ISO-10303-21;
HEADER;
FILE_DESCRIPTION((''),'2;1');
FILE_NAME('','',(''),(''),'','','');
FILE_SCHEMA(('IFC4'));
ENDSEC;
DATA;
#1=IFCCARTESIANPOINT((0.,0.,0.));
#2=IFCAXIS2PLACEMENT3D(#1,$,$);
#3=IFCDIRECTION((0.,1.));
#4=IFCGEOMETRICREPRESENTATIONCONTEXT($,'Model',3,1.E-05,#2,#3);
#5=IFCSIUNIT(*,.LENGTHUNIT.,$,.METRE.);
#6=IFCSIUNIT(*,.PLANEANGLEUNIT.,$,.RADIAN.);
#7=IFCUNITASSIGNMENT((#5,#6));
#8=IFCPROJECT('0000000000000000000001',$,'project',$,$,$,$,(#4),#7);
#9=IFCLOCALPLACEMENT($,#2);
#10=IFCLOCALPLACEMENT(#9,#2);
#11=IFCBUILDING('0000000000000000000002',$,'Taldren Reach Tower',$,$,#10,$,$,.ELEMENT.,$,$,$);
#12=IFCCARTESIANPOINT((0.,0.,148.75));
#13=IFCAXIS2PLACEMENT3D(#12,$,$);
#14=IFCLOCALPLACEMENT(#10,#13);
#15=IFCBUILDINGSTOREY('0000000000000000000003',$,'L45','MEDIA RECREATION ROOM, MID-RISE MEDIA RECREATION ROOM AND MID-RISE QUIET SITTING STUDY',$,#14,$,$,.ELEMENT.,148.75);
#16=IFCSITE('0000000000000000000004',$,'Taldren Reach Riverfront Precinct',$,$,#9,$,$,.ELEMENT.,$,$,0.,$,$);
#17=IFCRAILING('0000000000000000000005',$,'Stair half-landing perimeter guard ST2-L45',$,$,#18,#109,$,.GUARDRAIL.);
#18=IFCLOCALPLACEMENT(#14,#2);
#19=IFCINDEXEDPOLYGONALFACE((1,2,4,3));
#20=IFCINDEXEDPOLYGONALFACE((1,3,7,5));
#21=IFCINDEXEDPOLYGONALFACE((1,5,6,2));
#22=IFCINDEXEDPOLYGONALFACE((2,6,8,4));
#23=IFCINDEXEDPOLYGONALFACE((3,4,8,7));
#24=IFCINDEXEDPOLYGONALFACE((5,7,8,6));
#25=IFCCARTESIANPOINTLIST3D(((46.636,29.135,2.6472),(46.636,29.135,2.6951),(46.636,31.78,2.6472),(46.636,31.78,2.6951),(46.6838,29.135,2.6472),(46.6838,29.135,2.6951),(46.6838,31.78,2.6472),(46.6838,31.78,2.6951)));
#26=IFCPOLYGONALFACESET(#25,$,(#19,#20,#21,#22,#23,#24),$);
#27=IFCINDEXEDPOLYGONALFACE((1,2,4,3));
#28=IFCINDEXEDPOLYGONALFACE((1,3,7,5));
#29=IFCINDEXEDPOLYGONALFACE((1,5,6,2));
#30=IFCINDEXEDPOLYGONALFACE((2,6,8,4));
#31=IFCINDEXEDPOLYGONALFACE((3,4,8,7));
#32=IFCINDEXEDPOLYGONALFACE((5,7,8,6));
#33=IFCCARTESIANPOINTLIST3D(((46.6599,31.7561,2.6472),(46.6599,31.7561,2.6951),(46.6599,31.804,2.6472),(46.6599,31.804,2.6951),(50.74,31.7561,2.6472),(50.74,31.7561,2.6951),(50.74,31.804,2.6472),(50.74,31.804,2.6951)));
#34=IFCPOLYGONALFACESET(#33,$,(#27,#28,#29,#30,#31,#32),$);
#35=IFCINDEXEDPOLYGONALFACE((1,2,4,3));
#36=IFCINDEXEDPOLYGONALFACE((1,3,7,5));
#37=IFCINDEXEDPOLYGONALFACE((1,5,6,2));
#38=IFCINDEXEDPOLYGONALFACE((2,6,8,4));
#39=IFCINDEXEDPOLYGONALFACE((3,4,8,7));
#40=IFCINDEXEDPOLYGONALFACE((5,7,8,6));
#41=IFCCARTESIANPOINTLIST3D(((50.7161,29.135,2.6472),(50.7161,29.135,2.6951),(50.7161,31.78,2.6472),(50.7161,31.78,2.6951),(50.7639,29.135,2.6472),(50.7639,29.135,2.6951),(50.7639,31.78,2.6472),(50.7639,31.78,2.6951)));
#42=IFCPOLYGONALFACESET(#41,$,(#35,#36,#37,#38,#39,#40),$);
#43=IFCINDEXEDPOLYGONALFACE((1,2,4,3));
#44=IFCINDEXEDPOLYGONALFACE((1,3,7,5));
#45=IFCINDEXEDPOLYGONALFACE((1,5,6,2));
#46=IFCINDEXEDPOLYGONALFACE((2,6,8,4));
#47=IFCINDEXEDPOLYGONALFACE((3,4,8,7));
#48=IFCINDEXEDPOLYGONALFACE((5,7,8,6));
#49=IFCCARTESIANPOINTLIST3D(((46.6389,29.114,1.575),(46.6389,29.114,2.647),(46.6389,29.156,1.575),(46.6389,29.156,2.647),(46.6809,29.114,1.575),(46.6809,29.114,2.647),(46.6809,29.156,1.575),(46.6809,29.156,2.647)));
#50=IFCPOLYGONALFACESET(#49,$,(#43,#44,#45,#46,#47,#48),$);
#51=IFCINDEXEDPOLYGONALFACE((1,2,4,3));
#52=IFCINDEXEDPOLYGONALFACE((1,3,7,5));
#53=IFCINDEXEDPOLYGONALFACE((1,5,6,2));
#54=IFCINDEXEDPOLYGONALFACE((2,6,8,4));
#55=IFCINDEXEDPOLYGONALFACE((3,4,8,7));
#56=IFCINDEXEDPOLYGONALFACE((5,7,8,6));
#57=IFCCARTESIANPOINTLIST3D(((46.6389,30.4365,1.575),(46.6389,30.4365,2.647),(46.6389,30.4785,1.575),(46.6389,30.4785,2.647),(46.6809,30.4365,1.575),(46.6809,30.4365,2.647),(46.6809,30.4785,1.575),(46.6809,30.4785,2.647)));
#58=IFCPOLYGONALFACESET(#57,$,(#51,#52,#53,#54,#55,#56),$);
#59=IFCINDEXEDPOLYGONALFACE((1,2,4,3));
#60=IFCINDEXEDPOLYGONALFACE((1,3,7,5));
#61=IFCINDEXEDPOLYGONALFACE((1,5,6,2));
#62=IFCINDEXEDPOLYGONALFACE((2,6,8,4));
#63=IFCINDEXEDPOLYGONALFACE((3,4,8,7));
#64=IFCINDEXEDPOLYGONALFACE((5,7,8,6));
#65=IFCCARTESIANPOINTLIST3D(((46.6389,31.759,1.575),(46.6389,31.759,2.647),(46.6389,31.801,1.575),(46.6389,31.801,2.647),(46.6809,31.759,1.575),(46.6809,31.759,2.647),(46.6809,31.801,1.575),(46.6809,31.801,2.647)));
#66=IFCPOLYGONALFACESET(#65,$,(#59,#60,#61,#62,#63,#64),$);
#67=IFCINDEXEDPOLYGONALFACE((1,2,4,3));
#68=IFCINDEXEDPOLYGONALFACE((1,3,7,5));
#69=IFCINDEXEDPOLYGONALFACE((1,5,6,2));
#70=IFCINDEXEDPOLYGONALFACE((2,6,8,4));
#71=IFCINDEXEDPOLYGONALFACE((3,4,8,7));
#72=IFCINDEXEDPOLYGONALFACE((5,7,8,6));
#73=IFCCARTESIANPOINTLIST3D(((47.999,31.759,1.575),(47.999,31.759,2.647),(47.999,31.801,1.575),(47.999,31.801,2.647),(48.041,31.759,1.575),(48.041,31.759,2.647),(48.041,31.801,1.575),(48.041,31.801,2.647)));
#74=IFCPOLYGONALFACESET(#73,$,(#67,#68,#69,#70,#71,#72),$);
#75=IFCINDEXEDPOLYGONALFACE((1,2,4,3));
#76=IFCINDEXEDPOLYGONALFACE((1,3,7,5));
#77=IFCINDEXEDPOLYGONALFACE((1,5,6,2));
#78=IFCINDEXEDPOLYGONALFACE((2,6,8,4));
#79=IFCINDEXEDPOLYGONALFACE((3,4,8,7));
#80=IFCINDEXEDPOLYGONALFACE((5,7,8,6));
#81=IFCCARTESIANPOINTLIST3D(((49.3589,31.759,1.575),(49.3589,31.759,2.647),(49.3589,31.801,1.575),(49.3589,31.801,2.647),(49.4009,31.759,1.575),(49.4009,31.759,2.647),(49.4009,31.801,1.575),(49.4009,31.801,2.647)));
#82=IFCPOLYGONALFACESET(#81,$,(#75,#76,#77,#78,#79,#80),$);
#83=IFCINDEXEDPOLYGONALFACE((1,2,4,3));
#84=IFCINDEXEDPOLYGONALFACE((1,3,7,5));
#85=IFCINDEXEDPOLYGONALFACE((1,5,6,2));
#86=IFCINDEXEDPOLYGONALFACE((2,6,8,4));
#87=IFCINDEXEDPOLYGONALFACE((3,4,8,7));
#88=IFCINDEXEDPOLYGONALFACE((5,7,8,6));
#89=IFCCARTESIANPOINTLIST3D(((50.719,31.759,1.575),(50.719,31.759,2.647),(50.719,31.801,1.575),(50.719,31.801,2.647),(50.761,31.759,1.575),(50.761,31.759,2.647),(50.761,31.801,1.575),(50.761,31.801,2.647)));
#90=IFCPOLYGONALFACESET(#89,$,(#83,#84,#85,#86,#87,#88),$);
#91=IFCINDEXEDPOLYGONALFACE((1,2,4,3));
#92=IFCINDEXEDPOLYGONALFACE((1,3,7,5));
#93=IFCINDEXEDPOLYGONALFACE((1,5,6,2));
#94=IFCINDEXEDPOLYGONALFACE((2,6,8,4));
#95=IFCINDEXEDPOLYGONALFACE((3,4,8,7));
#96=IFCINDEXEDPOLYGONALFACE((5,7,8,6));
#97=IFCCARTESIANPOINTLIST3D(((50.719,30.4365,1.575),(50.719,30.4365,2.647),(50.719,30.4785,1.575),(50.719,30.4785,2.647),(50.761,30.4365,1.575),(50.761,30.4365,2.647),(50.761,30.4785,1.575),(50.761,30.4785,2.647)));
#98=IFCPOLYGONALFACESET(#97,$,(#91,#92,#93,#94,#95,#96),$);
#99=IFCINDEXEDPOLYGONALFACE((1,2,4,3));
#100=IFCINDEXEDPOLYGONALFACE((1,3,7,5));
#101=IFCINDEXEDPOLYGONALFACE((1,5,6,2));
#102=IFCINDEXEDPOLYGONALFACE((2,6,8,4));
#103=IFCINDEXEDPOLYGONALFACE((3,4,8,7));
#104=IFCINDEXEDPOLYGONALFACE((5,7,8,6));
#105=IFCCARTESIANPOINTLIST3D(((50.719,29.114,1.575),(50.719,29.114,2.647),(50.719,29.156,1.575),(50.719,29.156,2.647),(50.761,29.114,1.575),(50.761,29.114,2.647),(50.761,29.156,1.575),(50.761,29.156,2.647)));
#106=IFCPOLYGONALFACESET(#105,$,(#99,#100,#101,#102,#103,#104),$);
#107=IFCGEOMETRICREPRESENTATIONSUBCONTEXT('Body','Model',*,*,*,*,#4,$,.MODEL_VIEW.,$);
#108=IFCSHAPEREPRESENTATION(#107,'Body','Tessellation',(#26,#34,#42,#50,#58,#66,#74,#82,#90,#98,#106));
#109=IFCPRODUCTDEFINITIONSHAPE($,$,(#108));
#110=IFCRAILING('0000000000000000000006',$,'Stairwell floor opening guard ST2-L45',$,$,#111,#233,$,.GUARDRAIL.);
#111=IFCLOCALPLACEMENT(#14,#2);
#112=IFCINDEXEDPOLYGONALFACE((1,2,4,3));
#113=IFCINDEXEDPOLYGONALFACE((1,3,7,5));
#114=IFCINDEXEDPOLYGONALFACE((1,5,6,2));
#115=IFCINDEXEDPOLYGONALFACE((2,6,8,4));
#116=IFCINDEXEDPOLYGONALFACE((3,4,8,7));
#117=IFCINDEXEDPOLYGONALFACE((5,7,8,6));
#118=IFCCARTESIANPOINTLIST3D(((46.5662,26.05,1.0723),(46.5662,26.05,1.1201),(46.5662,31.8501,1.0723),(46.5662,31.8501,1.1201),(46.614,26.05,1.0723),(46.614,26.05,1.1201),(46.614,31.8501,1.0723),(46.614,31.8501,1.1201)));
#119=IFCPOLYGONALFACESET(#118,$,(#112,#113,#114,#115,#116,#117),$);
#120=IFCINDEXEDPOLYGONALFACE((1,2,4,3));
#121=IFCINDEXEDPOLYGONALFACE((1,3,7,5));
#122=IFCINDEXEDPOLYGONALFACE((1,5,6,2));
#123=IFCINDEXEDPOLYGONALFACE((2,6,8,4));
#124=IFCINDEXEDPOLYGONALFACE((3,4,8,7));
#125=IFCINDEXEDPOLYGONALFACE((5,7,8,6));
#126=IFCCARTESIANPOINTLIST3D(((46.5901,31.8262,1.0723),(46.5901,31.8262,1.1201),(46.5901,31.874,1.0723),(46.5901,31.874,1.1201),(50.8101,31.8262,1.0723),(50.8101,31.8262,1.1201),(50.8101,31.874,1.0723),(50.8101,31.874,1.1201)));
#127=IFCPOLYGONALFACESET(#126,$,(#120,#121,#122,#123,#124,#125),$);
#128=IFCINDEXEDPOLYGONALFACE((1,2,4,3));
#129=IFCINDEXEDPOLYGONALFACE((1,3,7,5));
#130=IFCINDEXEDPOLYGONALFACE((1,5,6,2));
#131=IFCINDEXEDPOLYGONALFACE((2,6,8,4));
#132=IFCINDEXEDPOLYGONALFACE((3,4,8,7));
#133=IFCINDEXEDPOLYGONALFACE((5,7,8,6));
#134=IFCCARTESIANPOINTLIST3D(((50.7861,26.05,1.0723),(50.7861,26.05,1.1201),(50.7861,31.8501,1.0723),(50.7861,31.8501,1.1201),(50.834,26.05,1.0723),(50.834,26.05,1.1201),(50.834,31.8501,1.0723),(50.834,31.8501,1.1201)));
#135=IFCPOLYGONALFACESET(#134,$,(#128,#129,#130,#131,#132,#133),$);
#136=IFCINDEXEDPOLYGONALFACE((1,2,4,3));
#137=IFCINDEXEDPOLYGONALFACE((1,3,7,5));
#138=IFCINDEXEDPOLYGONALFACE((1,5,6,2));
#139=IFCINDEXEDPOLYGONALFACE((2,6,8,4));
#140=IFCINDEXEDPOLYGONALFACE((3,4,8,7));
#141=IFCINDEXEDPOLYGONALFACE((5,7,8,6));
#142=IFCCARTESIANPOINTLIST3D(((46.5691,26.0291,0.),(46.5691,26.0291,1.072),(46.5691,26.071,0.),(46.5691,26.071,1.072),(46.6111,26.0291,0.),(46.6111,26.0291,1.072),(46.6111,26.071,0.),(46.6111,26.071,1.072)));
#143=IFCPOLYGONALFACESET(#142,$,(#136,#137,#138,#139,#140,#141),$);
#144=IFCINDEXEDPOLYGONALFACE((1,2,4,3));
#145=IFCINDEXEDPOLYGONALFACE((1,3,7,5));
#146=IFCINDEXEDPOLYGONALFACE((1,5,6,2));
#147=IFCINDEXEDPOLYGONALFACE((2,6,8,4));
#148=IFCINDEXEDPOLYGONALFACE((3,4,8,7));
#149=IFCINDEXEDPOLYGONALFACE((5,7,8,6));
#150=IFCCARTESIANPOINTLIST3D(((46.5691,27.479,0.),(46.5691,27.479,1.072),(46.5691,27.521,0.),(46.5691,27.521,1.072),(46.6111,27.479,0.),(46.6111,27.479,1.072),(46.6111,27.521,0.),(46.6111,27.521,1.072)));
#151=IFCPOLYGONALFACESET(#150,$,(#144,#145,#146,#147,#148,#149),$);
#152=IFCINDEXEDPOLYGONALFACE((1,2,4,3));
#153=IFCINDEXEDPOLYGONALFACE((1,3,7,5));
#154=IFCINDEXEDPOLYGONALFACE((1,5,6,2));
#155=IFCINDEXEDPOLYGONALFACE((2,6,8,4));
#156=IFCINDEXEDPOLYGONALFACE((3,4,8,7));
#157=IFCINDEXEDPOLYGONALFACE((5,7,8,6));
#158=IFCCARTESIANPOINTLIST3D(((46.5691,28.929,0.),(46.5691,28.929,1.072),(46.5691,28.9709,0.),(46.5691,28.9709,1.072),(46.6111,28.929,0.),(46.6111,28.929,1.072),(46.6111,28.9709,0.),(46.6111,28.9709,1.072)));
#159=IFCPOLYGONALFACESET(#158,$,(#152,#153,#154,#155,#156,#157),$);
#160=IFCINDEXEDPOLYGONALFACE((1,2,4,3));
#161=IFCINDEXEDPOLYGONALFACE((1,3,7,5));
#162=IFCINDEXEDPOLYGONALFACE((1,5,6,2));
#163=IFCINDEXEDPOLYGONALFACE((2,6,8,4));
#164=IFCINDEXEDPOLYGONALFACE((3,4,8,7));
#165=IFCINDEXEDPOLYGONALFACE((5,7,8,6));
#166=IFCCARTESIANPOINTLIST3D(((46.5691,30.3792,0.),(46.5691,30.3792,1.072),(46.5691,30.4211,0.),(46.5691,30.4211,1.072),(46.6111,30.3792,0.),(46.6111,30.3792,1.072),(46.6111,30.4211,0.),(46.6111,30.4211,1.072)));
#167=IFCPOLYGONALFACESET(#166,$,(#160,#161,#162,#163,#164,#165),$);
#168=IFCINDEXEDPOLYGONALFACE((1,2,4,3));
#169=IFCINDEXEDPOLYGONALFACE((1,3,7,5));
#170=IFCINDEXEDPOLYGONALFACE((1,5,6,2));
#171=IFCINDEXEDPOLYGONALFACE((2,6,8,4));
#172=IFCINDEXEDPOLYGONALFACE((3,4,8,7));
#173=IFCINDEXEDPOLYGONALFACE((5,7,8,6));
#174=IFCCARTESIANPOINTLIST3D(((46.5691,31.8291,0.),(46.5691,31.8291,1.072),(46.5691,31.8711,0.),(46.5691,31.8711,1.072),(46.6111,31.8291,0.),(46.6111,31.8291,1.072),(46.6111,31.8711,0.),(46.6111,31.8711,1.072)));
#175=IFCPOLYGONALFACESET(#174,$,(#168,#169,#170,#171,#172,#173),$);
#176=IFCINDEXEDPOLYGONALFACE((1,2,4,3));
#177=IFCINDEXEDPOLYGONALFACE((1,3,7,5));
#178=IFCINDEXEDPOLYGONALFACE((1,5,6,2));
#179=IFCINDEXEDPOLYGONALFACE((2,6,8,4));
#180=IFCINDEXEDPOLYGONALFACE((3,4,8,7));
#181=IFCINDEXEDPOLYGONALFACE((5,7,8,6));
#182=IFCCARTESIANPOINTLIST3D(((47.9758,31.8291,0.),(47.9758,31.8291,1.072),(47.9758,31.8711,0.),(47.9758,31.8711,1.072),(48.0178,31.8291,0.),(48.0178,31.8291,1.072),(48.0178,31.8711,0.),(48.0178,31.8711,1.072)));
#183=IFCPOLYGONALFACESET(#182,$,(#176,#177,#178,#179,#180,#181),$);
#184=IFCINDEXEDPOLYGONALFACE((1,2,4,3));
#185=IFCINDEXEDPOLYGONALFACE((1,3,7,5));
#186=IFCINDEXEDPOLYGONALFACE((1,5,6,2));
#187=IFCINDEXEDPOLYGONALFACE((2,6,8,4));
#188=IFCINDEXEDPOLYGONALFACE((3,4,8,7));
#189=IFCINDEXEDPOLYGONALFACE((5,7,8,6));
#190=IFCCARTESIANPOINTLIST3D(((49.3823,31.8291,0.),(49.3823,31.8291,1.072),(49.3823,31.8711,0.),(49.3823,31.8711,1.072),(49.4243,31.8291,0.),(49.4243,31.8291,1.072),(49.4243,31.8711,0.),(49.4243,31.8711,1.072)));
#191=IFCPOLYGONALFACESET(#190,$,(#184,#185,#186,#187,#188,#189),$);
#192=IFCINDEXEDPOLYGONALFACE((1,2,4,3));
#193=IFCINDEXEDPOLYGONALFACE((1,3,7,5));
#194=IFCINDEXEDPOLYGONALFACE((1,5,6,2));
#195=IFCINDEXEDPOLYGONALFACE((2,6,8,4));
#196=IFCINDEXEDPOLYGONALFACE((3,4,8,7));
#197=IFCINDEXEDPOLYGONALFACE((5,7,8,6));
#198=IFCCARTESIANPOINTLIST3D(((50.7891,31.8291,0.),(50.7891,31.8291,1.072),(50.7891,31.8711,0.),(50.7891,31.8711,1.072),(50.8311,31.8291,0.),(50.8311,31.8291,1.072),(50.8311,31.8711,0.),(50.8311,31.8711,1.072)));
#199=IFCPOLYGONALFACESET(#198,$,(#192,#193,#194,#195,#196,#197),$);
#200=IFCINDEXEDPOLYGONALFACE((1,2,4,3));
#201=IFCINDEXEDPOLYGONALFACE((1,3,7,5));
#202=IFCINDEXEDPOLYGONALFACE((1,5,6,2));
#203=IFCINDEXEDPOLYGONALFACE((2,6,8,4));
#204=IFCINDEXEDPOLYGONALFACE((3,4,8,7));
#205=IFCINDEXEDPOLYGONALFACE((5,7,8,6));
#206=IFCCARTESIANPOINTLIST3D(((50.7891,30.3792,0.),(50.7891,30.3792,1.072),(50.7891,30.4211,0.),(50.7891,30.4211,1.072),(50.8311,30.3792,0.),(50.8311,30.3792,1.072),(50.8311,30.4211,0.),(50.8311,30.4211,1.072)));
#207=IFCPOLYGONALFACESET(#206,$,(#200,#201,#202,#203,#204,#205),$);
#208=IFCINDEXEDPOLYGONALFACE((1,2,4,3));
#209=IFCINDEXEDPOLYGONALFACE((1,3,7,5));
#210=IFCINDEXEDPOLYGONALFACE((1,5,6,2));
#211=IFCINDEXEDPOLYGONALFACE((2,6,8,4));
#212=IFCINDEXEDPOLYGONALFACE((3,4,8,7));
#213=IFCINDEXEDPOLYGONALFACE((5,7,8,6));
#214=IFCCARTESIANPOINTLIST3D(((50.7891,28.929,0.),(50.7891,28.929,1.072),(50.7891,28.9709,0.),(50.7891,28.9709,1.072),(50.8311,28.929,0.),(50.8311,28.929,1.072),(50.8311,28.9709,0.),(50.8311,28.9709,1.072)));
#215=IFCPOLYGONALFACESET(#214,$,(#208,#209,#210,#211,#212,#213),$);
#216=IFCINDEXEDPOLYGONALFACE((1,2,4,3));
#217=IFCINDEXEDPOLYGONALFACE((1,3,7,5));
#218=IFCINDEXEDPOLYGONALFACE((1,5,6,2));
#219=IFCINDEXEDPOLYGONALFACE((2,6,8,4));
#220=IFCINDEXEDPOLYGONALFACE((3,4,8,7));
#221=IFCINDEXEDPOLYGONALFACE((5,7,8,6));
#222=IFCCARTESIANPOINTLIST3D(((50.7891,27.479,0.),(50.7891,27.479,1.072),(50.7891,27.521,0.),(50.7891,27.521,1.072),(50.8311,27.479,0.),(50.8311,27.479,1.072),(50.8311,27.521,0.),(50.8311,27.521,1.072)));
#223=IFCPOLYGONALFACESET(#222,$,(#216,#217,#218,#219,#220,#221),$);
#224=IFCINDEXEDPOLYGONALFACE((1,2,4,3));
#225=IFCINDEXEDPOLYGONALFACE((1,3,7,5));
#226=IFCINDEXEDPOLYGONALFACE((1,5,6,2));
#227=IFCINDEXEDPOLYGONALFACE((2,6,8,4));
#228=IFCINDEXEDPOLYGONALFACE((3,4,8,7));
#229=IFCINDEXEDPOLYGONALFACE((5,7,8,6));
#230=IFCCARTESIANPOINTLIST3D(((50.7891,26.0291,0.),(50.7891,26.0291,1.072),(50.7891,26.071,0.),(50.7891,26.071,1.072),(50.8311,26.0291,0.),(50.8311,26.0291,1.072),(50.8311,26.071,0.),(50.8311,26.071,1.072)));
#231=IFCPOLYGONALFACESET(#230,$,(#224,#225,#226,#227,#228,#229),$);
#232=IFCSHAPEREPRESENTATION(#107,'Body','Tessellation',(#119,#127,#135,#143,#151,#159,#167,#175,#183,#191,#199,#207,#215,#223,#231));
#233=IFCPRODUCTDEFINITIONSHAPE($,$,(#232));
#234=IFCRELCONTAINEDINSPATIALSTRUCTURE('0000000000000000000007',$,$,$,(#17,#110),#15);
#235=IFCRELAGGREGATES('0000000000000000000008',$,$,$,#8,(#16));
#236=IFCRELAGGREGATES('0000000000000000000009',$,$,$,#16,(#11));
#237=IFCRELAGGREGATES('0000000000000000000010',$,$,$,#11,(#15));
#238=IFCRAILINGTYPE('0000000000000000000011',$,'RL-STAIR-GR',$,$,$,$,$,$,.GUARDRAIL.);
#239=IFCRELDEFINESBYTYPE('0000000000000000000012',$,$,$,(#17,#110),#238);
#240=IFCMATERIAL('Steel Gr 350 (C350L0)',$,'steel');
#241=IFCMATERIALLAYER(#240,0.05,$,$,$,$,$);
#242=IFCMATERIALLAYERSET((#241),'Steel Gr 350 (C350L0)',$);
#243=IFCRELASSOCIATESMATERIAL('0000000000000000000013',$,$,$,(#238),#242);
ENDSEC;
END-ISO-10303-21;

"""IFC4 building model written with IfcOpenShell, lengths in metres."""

from ifc_helpers import new_model, si_unit, direction, frame, origin, origin_2d, place, context, subcontext, project, spatial, rectangle, extrude, material, layer, layer_set, type_object, element, save


model = new_model("IFC4")

# Units and contexts
model_context = context("Model", 3, precision=1e-05, world=origin(), true_north=direction((0.0, 1.0)))
body_context = subcontext(model_context, "Body", "Model", "MODEL_VIEW")
ifc_project = project(units=[si_unit("LENGTHUNIT", "METRE"), si_unit("PLANEANGLEUNIT", "RADIAN")], contexts=[model_context])

# Site, building, storey
site_placement = place(None, origin())
site = spatial("IfcSite", under=ifc_project, at=site_placement, Name="Taldren Reach Riverfront Precinct", CompositionType="ELEMENT", RefElevation=0.0)
building_placement = place(site_placement, origin())
building = spatial("IfcBuilding", under=site, at=building_placement, Name="Taldren Reach Tower", CompositionType="ELEMENT")
storey_placement = place(building_placement, frame((0.0, 0.0, 148.75)))
storey = spatial("IfcBuildingStorey", under=building, at=storey_placement, Name="L45", Description="MEDIA RECREATION ROOM, MID-RISE MEDIA RECREATION ROOM AND MID-RISE QUIET SITTING STUDY", CompositionType="ELEMENT", Elevation=148.75)

# Shared definitions
ifc_material_1 = material(Name="Steel Gr 350 (C350L0)", Category="steel")

# Railings
ifc_layer_1 = layer(ifc_material_1, 0.05)
ifc_layer_set_1 = layer_set([ifc_layer_1], Name="Steel Gr 350 (C350L0)")
railing_type_1 = type_object("IfcRailingType", Name="RL-STAIR-GR", PredefinedType="GUARDRAIL", material=ifc_layer_set_1)
railing_1_placement = place(storey_placement, frame((46.6599, 29.135, 1.575)))
element("IfcRailing", 1, at=railing_1_placement, inside=storey, type_object=railing_type_1, Name="Stair half-landing perimeter guard ST2-L45", PredefinedType="GUARDRAIL", context=body_context, shape_type="SweptSolid", body=[
    extrude(rectangle(XDim=0.0479, YDim=0.0479, at=origin_2d()), frame((0.0, 0.0, 1.0962), z_axis=(0.0, 1.0, 0.0), x_axis=(-1.0, 0.0, 0.0)), (0.0, 0.0, 1.0), 2.645),
    extrude(rectangle(XDim=0.0479, YDim=0.0479, at=origin_2d()), frame((0.0, 2.645, 1.0962), z_axis=(1.0, 0.0, 0.0), x_axis=(0.0, 1.0, 0.0)), (0.0, 0.0, 1.0), 4.0801),
    extrude(rectangle(XDim=0.0479, YDim=0.0479, at=origin_2d()), frame((4.0801, 2.645, 1.0962), z_axis=(0.0, -1.0, 0.0), x_axis=(1.0, 0.0, 0.0)), (0.0, 0.0, 1.0), 2.645),
    extrude(rectangle(XDim=0.042, YDim=0.042, at=origin_2d()), origin(), (0.0, 0.0, 1.0), 1.072),
    extrude(rectangle(XDim=0.042, YDim=0.042, at=origin_2d()), frame((0.0, 1.3225, 0.0)), (0.0, 0.0, 1.0), 1.072),
    extrude(rectangle(XDim=0.042, YDim=0.042, at=origin_2d()), frame((0.0, 2.645, 0.0)), (0.0, 0.0, 1.0), 1.072),
    extrude(rectangle(XDim=0.042, YDim=0.042, at=origin_2d()), frame((1.3601, 2.645, 0.0)), (0.0, 0.0, 1.0), 1.072),
    extrude(rectangle(XDim=0.042, YDim=0.042, at=origin_2d()), frame((2.72, 2.645, 0.0)), (0.0, 0.0, 1.0), 1.072),
    extrude(rectangle(XDim=0.042, YDim=0.042, at=origin_2d()), frame((4.0801, 2.645, 0.0)), (0.0, 0.0, 1.0), 1.072),
    extrude(rectangle(XDim=0.042, YDim=0.042, at=origin_2d()), frame((4.0801, 1.3225, 0.0)), (0.0, 0.0, 1.0), 1.072),
    extrude(rectangle(XDim=0.042, YDim=0.042, at=origin_2d()), frame((4.0801, 0.0, 0.0)), (0.0, 0.0, 1.0), 1.072),
])
railing_2_placement = place(storey_placement, frame((46.5901, 26.05, 0.0)))
element("IfcRailing", 2, at=railing_2_placement, inside=storey, type_object=railing_type_1, Name="Stairwell floor opening guard ST2-L45", PredefinedType="GUARDRAIL", context=body_context, shape_type="SweptSolid", body=[
    extrude(rectangle(XDim=0.0479, YDim=0.0479, at=origin_2d()), frame((0.0, 0.0, 1.0962), z_axis=(0.0, 1.0, 0.0), x_axis=(-1.0, 0.0, 0.0)), (0.0, 0.0, 1.0), 5.8),
    extrude(rectangle(XDim=0.0479, YDim=0.0479, at=origin_2d()), frame((0.0, 5.8, 1.0962), z_axis=(1.0, 0.0, 0.0), x_axis=(0.0, 1.0, 0.0)), (0.0, 0.0, 1.0), 4.22),
    extrude(rectangle(XDim=0.0479, YDim=0.0479, at=origin_2d()), frame((4.22, 5.8, 1.0962), z_axis=(0.0, -1.0, 0.0), x_axis=(1.0, 0.0, 0.0)), (0.0, 0.0, 1.0), 5.8),
    extrude(rectangle(XDim=0.042, YDim=0.042, at=origin_2d()), origin(), (0.0, 0.0, 1.0), 1.072),
    extrude(rectangle(XDim=0.042, YDim=0.042, at=origin_2d()), frame((0.0, 1.45, 0.0)), (0.0, 0.0, 1.0), 1.072),
    extrude(rectangle(XDim=0.042, YDim=0.042, at=origin_2d()), frame((0.0, 2.8999, 0.0)), (0.0, 0.0, 1.0), 1.072),
    extrude(rectangle(XDim=0.042, YDim=0.042, at=origin_2d()), frame((0.0, 4.3501, 0.0)), (0.0, 0.0, 1.0), 1.072),
    extrude(rectangle(XDim=0.042, YDim=0.042, at=origin_2d()), frame((0.0, 5.8, 0.0)), (0.0, 0.0, 1.0), 1.072),
    extrude(rectangle(XDim=0.042, YDim=0.042, at=origin_2d()), frame((1.4067, 5.8, 0.0)), (0.0, 0.0, 1.0), 1.072),
    extrude(rectangle(XDim=0.042, YDim=0.042, at=origin_2d()), frame((2.8132, 5.8, 0.0)), (0.0, 0.0, 1.0), 1.072),
    extrude(rectangle(XDim=0.042, YDim=0.042, at=origin_2d()), frame((4.22, 5.8, 0.0)), (0.0, 0.0, 1.0), 1.072),
    extrude(rectangle(XDim=0.042, YDim=0.042, at=origin_2d()), frame((4.22, 4.3501, 0.0)), (0.0, 0.0, 1.0), 1.072),
    extrude(rectangle(XDim=0.042, YDim=0.042, at=origin_2d()), frame((4.22, 2.8999, 0.0)), (0.0, 0.0, 1.0), 1.072),
    extrude(rectangle(XDim=0.042, YDim=0.042, at=origin_2d()), frame((4.22, 1.45, 0.0)), (0.0, 0.0, 1.0), 1.072),
    extrude(rectangle(XDim=0.042, YDim=0.042, at=origin_2d()), frame((4.22, 0.0, 0.0)), (0.0, 0.0, 1.0), 1.072),
])

save(model, "model.ifc")
